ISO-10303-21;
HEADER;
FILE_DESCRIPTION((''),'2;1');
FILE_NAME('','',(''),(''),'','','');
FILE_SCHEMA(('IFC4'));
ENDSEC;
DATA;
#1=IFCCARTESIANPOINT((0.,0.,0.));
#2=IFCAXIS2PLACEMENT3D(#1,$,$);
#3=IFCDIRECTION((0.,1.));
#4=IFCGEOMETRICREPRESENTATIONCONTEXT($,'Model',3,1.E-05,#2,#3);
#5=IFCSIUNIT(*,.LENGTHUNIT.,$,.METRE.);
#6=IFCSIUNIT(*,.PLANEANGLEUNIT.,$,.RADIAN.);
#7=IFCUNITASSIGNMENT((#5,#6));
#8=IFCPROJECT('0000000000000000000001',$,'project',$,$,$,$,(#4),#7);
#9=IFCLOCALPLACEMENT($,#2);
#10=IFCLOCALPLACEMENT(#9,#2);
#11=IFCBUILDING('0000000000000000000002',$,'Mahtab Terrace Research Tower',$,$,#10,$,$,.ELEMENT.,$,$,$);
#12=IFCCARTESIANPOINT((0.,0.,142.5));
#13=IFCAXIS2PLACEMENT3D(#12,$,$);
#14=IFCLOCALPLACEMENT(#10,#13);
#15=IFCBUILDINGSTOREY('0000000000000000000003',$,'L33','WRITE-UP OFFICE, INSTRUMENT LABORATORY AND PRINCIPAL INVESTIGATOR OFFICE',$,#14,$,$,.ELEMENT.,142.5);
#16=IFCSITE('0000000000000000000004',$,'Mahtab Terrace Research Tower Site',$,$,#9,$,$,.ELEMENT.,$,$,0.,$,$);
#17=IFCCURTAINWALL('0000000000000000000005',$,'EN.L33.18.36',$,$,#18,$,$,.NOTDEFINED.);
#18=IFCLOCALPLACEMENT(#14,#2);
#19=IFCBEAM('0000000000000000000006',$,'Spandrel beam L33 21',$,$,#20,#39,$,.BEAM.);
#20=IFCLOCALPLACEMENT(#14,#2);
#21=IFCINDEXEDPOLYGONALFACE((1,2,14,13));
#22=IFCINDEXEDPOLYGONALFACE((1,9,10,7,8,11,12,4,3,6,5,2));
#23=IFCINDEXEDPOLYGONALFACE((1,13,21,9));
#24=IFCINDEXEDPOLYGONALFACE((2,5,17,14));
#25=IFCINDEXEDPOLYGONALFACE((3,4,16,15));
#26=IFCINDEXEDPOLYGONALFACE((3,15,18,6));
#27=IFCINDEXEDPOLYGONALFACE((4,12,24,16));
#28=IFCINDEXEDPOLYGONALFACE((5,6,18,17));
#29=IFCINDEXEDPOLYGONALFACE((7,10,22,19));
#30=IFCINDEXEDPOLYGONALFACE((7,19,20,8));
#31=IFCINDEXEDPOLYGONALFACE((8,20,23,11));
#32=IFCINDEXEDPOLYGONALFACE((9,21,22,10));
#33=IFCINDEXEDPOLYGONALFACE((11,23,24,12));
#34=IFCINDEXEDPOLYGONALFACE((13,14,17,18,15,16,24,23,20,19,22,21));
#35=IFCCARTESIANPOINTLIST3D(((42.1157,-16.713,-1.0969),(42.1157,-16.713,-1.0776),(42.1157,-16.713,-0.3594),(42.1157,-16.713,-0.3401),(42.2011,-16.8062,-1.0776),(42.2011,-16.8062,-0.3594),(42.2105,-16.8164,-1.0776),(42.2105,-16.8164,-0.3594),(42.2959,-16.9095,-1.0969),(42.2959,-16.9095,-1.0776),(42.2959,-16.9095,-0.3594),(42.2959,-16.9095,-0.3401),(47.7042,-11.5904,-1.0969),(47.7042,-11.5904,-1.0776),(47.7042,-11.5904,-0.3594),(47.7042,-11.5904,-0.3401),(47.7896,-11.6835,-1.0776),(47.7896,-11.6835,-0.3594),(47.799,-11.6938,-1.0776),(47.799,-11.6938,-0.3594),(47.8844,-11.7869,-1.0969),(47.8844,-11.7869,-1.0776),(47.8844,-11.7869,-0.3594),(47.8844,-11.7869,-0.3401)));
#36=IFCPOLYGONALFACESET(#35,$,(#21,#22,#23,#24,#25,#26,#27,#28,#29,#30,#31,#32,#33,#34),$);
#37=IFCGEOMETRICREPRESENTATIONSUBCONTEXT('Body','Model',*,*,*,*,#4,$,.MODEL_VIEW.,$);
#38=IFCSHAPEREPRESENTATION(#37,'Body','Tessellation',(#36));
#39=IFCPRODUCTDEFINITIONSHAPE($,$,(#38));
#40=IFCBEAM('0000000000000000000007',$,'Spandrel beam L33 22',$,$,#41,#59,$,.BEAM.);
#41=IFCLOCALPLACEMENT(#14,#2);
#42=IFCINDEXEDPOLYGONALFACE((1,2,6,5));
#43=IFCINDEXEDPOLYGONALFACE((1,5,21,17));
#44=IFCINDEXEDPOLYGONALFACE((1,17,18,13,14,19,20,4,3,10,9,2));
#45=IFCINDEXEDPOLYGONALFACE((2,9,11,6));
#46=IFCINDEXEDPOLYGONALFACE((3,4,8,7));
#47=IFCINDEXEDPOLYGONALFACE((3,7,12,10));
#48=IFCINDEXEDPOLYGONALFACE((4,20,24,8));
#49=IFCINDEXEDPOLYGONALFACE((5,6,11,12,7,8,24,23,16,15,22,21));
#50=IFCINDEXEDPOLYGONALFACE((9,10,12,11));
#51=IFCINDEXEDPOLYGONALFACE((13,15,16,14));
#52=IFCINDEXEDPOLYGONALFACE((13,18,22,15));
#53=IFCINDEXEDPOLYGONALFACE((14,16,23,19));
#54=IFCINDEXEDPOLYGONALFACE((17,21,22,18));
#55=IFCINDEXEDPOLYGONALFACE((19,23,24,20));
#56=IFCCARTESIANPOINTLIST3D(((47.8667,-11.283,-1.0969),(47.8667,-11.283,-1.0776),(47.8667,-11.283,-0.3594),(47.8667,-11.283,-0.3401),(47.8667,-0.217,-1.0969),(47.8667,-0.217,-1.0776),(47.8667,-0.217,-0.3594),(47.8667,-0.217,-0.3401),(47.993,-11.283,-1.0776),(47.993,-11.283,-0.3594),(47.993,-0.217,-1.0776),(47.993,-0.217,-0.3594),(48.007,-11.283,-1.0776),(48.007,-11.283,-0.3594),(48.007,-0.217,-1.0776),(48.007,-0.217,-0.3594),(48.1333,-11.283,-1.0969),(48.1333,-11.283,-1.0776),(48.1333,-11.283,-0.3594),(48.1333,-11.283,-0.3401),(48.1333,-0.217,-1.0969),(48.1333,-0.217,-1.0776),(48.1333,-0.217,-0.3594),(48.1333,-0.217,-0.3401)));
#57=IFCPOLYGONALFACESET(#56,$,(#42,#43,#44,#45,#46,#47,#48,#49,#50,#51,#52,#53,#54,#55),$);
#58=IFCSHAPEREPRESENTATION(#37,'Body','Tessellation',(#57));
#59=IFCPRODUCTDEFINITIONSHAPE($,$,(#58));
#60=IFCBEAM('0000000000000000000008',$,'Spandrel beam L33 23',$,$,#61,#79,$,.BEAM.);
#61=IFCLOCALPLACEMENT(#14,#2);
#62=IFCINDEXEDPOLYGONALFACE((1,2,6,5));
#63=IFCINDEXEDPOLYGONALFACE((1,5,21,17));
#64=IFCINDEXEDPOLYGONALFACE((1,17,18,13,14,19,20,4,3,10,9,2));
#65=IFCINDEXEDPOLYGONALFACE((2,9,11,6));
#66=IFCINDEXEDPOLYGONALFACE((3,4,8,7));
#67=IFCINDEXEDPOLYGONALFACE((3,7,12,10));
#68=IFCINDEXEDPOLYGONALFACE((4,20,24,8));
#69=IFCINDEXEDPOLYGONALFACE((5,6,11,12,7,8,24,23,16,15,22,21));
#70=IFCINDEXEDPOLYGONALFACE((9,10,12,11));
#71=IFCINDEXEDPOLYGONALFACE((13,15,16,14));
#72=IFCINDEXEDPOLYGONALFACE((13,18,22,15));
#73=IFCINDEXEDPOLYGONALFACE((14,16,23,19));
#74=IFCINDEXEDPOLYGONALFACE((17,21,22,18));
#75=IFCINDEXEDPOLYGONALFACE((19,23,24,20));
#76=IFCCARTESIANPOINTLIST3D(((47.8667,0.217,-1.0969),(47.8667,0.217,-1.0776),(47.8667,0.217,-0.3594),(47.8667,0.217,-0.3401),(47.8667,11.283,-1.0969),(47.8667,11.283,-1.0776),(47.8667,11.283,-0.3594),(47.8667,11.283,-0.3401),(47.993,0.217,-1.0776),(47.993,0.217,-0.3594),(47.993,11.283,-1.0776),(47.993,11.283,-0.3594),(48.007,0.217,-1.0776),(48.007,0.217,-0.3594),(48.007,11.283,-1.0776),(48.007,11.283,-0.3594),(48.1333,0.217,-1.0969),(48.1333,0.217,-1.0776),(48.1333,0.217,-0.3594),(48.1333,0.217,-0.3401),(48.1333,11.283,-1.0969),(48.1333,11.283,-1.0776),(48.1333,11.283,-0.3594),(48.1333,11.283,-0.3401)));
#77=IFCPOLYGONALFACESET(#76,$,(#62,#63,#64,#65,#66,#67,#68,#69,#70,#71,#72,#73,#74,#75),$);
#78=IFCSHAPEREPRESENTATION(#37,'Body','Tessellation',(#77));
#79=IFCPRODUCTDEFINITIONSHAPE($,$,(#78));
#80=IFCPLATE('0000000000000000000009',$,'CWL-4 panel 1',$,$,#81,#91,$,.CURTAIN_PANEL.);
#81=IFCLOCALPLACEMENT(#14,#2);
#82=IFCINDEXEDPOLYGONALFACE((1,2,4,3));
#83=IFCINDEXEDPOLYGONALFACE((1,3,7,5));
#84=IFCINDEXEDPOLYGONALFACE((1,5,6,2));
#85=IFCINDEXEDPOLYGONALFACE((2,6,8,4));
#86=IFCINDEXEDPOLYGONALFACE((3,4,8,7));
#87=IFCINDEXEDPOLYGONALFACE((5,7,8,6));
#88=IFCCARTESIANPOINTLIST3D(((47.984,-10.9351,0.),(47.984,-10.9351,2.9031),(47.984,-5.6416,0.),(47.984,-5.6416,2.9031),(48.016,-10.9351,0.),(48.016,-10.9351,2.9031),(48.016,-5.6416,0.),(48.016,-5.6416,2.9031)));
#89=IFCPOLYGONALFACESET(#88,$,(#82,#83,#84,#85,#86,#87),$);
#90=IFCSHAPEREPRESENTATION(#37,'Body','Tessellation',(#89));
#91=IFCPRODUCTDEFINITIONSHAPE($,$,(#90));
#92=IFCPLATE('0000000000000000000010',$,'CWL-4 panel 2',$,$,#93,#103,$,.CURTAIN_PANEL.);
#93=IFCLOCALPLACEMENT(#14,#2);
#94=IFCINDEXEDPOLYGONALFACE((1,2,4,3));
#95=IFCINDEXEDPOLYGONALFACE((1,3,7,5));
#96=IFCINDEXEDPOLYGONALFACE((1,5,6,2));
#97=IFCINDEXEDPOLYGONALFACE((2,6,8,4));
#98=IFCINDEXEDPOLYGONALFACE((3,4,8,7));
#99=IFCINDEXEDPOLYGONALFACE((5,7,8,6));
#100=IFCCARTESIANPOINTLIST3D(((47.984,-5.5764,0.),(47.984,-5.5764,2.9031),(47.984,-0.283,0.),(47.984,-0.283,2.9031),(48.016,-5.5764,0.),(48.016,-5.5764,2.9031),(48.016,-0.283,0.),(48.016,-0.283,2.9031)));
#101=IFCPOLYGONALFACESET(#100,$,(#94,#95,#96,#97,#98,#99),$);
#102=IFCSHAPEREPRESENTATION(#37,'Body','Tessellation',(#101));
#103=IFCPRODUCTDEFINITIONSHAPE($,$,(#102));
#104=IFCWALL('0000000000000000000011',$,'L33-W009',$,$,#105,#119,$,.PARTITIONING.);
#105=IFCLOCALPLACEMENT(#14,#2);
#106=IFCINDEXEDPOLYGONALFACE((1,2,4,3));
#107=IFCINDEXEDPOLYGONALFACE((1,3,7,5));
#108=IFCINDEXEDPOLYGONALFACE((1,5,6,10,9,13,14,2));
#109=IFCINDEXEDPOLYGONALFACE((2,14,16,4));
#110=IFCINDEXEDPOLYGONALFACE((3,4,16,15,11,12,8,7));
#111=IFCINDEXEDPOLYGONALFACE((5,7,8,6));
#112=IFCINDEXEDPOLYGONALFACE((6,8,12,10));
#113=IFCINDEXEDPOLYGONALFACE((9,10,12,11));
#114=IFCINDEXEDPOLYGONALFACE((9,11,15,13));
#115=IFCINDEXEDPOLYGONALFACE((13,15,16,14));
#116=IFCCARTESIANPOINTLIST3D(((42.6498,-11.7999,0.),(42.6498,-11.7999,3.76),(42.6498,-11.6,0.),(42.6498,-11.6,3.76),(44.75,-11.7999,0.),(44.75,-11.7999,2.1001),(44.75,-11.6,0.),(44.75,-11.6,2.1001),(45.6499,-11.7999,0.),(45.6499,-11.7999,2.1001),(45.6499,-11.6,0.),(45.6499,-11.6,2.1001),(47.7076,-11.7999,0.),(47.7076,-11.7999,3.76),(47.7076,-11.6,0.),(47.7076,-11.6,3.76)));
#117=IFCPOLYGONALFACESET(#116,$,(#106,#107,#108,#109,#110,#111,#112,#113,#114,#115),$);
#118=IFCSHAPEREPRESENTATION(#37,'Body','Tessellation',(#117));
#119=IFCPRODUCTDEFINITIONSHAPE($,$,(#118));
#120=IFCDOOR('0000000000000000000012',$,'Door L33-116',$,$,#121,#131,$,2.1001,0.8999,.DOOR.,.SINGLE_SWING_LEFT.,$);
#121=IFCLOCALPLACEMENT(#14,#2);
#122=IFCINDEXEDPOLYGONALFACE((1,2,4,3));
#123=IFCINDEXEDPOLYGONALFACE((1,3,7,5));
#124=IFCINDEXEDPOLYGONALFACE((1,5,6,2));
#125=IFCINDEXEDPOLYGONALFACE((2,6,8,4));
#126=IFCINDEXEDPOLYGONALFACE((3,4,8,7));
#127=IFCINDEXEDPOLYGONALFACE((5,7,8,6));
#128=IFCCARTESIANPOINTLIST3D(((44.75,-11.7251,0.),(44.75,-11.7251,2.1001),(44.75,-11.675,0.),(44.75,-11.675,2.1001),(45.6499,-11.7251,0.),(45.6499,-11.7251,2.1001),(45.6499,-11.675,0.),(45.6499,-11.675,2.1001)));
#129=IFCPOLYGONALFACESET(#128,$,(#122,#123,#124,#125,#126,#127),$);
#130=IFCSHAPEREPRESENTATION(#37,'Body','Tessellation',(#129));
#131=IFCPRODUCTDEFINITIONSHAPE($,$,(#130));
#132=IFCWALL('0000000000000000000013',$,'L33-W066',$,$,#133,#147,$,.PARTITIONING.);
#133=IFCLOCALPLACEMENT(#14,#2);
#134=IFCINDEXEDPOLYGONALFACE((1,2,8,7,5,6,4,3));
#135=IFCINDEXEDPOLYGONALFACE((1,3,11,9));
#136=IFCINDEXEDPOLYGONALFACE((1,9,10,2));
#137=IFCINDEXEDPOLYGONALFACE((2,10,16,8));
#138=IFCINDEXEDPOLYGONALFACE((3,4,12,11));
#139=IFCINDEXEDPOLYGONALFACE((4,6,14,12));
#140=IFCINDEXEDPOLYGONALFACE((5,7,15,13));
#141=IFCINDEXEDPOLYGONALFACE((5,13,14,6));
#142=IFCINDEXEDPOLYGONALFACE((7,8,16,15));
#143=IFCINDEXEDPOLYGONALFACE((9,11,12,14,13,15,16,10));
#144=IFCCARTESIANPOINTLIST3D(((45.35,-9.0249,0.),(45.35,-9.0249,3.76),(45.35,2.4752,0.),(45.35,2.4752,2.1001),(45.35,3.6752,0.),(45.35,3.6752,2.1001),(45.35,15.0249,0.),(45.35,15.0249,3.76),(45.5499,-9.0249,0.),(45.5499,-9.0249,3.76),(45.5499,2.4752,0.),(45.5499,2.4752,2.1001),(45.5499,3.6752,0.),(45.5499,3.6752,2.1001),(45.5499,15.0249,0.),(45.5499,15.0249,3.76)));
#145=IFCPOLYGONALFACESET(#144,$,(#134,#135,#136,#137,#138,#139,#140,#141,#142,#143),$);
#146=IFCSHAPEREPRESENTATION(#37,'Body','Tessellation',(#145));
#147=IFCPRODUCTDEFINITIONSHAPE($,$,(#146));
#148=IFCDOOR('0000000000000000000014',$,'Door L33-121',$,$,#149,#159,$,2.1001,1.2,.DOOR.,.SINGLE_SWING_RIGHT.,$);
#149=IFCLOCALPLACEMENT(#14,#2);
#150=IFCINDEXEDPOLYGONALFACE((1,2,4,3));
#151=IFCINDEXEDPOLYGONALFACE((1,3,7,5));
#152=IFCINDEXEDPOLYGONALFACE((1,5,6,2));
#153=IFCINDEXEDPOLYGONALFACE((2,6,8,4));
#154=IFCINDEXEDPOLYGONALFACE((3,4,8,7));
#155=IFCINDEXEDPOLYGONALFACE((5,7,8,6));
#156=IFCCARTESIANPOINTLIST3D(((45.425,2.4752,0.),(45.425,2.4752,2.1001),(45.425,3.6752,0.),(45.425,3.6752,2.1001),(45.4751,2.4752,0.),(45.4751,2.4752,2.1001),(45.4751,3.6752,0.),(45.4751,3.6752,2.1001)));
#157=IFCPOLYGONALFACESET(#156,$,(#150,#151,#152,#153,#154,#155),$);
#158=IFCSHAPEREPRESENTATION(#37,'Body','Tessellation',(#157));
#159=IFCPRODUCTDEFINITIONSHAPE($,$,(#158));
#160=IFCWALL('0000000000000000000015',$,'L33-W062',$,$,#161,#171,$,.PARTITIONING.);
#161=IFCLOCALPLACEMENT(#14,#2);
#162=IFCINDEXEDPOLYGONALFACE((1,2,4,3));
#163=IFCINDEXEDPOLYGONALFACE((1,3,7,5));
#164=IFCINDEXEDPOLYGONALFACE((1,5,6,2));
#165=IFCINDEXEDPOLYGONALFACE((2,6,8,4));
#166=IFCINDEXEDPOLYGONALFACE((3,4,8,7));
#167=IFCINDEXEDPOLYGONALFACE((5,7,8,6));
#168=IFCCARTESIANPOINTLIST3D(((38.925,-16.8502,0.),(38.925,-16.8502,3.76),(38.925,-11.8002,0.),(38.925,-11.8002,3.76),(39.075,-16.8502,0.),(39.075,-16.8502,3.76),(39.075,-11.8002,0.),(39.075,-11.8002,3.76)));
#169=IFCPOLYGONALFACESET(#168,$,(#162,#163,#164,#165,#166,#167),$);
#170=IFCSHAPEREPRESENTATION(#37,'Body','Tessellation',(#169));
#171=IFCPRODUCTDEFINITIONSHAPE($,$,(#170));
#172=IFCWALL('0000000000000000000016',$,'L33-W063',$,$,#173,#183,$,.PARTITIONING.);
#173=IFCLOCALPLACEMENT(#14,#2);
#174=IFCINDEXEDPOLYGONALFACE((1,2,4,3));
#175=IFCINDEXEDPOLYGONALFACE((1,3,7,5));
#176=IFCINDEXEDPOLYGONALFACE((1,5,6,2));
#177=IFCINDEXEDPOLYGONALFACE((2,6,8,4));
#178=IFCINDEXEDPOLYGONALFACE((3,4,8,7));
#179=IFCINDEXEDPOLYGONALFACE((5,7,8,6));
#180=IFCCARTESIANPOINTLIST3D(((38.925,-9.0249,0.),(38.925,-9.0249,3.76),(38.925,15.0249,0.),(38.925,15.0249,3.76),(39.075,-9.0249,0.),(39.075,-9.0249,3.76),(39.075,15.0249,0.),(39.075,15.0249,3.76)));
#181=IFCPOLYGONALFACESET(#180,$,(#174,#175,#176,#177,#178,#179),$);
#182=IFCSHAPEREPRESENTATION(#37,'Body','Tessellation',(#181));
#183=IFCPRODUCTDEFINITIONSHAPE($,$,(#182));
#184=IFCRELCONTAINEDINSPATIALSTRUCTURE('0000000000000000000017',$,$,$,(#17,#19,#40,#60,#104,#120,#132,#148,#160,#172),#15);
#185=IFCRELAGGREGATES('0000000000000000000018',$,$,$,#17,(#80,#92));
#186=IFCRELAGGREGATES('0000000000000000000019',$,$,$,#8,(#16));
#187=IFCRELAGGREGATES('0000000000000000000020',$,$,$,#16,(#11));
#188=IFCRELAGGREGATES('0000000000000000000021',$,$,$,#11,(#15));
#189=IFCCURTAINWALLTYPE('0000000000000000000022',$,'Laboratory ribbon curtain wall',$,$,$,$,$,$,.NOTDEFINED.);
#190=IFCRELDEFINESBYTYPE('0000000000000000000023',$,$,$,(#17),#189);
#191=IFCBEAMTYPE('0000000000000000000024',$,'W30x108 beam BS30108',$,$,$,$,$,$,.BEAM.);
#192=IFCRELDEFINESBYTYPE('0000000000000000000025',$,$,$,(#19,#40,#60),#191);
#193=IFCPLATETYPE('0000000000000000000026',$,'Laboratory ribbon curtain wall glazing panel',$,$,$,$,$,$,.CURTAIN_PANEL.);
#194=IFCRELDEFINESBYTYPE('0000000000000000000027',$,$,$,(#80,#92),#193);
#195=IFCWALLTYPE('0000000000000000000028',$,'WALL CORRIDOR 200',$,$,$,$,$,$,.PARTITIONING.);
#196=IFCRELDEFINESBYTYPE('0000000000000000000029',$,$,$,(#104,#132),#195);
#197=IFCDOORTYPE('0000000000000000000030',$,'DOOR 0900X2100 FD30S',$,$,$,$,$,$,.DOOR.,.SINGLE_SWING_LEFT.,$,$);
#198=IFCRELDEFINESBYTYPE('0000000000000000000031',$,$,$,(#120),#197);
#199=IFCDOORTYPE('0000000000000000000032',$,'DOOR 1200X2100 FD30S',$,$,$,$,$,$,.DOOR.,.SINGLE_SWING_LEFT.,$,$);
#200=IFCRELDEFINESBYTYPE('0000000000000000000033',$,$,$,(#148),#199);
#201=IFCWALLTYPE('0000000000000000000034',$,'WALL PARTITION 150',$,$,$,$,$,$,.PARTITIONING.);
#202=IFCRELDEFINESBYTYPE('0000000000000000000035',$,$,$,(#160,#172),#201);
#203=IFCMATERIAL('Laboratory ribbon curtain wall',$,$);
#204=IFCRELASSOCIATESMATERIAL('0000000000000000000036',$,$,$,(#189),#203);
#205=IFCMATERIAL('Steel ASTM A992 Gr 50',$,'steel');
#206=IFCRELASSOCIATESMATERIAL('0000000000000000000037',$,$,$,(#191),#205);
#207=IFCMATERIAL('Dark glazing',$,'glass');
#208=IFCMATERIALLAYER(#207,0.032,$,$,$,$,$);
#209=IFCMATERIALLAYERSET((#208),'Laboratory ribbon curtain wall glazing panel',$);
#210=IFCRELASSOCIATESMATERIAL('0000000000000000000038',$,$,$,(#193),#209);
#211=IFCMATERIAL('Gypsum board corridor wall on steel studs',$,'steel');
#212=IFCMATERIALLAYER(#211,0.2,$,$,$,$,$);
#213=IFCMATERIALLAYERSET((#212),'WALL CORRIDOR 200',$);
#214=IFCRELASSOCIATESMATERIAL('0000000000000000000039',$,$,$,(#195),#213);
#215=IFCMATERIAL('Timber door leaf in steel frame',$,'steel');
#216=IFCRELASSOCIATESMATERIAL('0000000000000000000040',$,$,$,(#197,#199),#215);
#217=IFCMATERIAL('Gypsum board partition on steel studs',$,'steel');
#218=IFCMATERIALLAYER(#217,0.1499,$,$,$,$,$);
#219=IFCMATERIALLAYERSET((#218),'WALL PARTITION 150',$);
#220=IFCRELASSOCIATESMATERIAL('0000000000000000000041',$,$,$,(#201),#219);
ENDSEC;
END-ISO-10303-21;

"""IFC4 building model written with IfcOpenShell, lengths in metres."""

from ifc_helpers import new_model, si_unit, direction, frame, frame_2d, origin, origin_2d, place, context, subcontext, project, spatial, rectangle, i_section, extrude, material, layer, layer_set, material_profile, profile_set, type_object, element, fill, aggregate, save


model = new_model("IFC4")

# Units and contexts
model_context = context("Model", 3, precision=1e-05, world=origin(), true_north=direction((0.0, 1.0)))
body_context = subcontext(model_context, "Body", "Model", "MODEL_VIEW")
ifc_project = project(units=[si_unit("LENGTHUNIT", "METRE"), si_unit("PLANEANGLEUNIT", "RADIAN")], contexts=[model_context])

# Site, building, storey
site_placement = place(None, origin())
site = spatial("IfcSite", under=ifc_project, at=site_placement, Name="Mahtab Terrace Research Tower Site", CompositionType="ELEMENT", RefElevation=0.0)
building_placement = place(site_placement, origin())
building = spatial("IfcBuilding", under=site, at=building_placement, Name="Mahtab Terrace Research Tower", CompositionType="ELEMENT")
storey_placement = place(building_placement, frame((0.0, 0.0, 142.5)))
storey = spatial("IfcBuildingStorey", under=building, at=storey_placement, Name="L33", Description="WRITE-UP OFFICE, INSTRUMENT LABORATORY AND PRINCIPAL INVESTIGATOR OFFICE", CompositionType="ELEMENT", Elevation=142.5)

# Shared definitions
ifc_material_1 = material(Name="Steel ASTM A992 Gr 50", Category="steel")

# Curtain wall
ifc_material_2 = material(Name="Laboratory ribbon curtain wall")
curtain_wall_type = type_object("IfcCurtainWallType", Name="Laboratory ribbon curtain wall", PredefinedType="NOTDEFINED", material=ifc_material_2)
curtain_wall_placement = place(storey_placement, origin())
curtain_wall = element("IfcCurtainWall", 1, at=curtain_wall_placement, inside=storey, type_object=curtain_wall_type, Name="EN.L33.18.36", PredefinedType="NOTDEFINED")

# Beams
ifc_material_profile_1 = material_profile(ifc_material_1, i_section(OverallWidth=0.2666, OverallDepth=0.7568, WebThickness=0.0139, FlangeThickness=0.0193, at=origin_2d()), Name="W30X108")
ifc_profile_set_1 = profile_set([ifc_material_profile_1], Name="Steel ASTM A992 Gr 50")
beam_type = type_object("IfcBeamType", Name="W30x108 beam BS30108", PredefinedType="BEAM", material=ifc_profile_set_1)
beam_placement = place(storey_placement, frame((42.2058, -16.8113, -0.7185), z_axis=(0.737162, 0.675716, 0.0), x_axis=(-0.675716, 0.737162, 0.0)))
element("IfcBeam", 2, at=beam_placement, inside=storey, type_object=beam_type, Name="Spandrel beam L33 21", PredefinedType="BEAM", context=body_context, shape_type="SweptSolid", body=[
    extrude(i_section(OverallWidth=0.2666, OverallDepth=0.7568, WebThickness=0.0139, FlangeThickness=0.0193, at=origin_2d()), origin(), (0.0, 0.0, 1.0), 7.5811),
])
for number, where, z_axis, x_axis, name in (
    (3, (48.0, -11.283, -0.7185), (0.0, 1.0, 0.0), (-1.0, 0.0, 0.0), "Spandrel beam L33 22"),
    (4, (48.0, 0.217, -0.7185), (0.0, 1.0, 0.0), (-1.0, 0.0, 0.0), "Spandrel beam L33 23"),
):
    element("IfcBeam", number, at=place(storey_placement, frame(where, z_axis=z_axis, x_axis=x_axis)), inside=storey, type_object=beam_type, Name=name, PredefinedType="BEAM", context=body_context, shape_type="SweptSolid", body=[
        extrude(i_section(OverallWidth=0.2666, OverallDepth=0.7568, WebThickness=0.0139, FlangeThickness=0.0193, at=origin_2d()), origin(), (0.0, 0.0, 1.0), 11.0659),
    ])

# Plates
ifc_material_3 = material(Name="Dark glazing", Category="glass")
ifc_layer_1 = layer(ifc_material_3, 0.032)
ifc_layer_set_1 = layer_set([ifc_layer_1], Name="Laboratory ribbon curtain wall glazing panel")
plate_type = type_object("IfcPlateType", Name="Laboratory ribbon curtain wall glazing panel", PredefinedType="CURTAIN_PANEL", material=ifc_layer_set_1)
plate_1_placement = place(storey_placement, frame((48.0, -8.2883, 0.0), z_axis=(0.0, 0.0, 1.0), x_axis=(0.0, 1.0, 0.0)))
plate_1 = element("IfcPlate", 5, at=plate_1_placement, type_object=plate_type, Name="CWL-4 panel 1", PredefinedType="CURTAIN_PANEL", context=body_context, shape_type="SweptSolid", body=[
    extrude(rectangle(XDim=5.2935, YDim=0.032, at=origin_2d()), origin(), (0.0, 0.0, 1.0), 2.9031),
])
plate_2_placement = place(storey_placement, frame((48.0, -2.9297, 0.0), z_axis=(0.0, 0.0, 1.0), x_axis=(0.0, 1.0, 0.0)))
plate_2 = element("IfcPlate", 6, at=plate_2_placement, type_object=plate_type, Name="CWL-4 panel 2", PredefinedType="CURTAIN_PANEL", context=body_context, shape_type="SweptSolid", body=[
    extrude(rectangle(XDim=5.2935, YDim=0.032, at=origin_2d()), origin(), (0.0, 0.0, 1.0), 2.9031),
])
aggregate(curtain_wall, [plate_1, plate_2])

# Walls, openings, doors
ifc_material_4 = material(Name="Gypsum board corridor wall on steel studs", Category="steel")
ifc_layer_2 = layer(ifc_material_4, 0.2)
ifc_layer_set_2 = layer_set([ifc_layer_2], Name="WALL CORRIDOR 200")
wall_type_1 = type_object("IfcWallType", Name="WALL CORRIDOR 200", PredefinedType="PARTITIONING", material=ifc_layer_set_2)
wall_1_placement = place(storey_placement, frame((42.6499, -11.7, 0.0), z_axis=(0.0, 0.0, 1.0), x_axis=(1.0, 0.0, 0.0)))
wall_1 = element("IfcWall", 7, at=wall_1_placement, inside=storey, type_object=wall_type_1, Name="L33-W009", PredefinedType="PARTITIONING", context=body_context, shape_type="SweptSolid", body=[
    extrude(rectangle(XDim=5.0579, YDim=0.2, at=frame_2d((2.5288, 0.0))), origin(), (0.0, 0.0, 1.0), 3.76),
])
opening_1_placement = place(wall_1_placement, frame((2.1001, 0.0, 0.0)))
opening_1 = element("IfcOpeningElement", 8, at=opening_1_placement, cuts=wall_1, PredefinedType="OPENING", context=body_context, shape_type="SweptSolid", body=[
    extrude(rectangle(XDim=0.8999, YDim=2.1001, at=frame_2d((0.45, 1.05))), frame((0.0, 0.1099, 0.0), z_axis=(0.0, -1.0, 0.0), x_axis=(1.0, 0.0, 0.0)), (0.0, 0.0, 1.0), 0.22),
])
ifc_material_5 = material(Name="Timber door leaf in steel frame", Category="steel")
door_type_1 = type_object("IfcDoorType", Name="DOOR 0900X2100 FD30S", OperationType="SINGLE_SWING_LEFT", PredefinedType="DOOR", material=ifc_material_5)
door_1_placement = place(opening_1_placement, origin())
door_1 = element("IfcDoor", 9, at=door_1_placement, inside=storey, type_object=door_type_1, Name="Door L33-116", OperationType="SINGLE_SWING_LEFT", OverallHeight=2.1001, OverallWidth=0.8999, PredefinedType="DOOR", context=body_context, shape_type="SweptSolid", body=[
    extrude(rectangle(XDim=0.8999, YDim=2.1001, at=frame_2d((0.45, 1.05))), frame((0.0, 0.0249, 0.0), z_axis=(0.0, -1.0, 0.0), x_axis=(1.0, 0.0, 0.0)), (0.0, 0.0, 1.0), 0.05),
])
fill(opening_1, door_1)
wall_2_placement = place(storey_placement, frame((45.45, -9.0249, 0.0), z_axis=(0.0, 0.0, 1.0), x_axis=(0.0, 1.0, 0.0)))
wall_2 = element("IfcWall", 10, at=wall_2_placement, inside=storey, type_object=wall_type_1, Name="L33-W066", PredefinedType="PARTITIONING", context=body_context, shape_type="SweptSolid", body=[
    extrude(rectangle(XDim=24.0498, YDim=0.2, at=frame_2d((12.0249, 0.0))), origin(), (0.0, 0.0, 1.0), 3.76),
])
opening_2_placement = place(wall_2_placement, frame((11.5, 0.0, 0.0)))
opening_2 = element("IfcOpeningElement", 11, at=opening_2_placement, cuts=wall_2, PredefinedType="OPENING", context=body_context, shape_type="SweptSolid", body=[
    extrude(rectangle(XDim=1.2, YDim=2.1001, at=frame_2d((0.6001, 1.05))), frame((0.0, 0.1099, 0.0), z_axis=(0.0, -1.0, 0.0), x_axis=(1.0, 0.0, 0.0)), (0.0, 0.0, 1.0), 0.22),
])
door_type_2 = type_object("IfcDoorType", Name="DOOR 1200X2100 FD30S", OperationType="SINGLE_SWING_LEFT", PredefinedType="DOOR", material=ifc_material_5)
door_2_placement = place(opening_2_placement, origin())
door_2 = element("IfcDoor", 12, at=door_2_placement, inside=storey, type_object=door_type_2, Name="Door L33-121", OperationType="SINGLE_SWING_RIGHT", OverallHeight=2.1001, OverallWidth=1.2, PredefinedType="DOOR", context=body_context, shape_type="SweptSolid", body=[
    extrude(rectangle(XDim=1.2, YDim=2.1001, at=frame_2d((0.6001, 1.05))), frame((0.0, 0.0249, 0.0), z_axis=(0.0, -1.0, 0.0), x_axis=(1.0, 0.0, 0.0)), (0.0, 0.0, 1.0), 0.05),
])
fill(opening_2, door_2)

# Walls
ifc_material_6 = material(Name="Gypsum board partition on steel studs", Category="steel")
ifc_layer_3 = layer(ifc_material_6, 0.1499)
ifc_layer_set_3 = layer_set([ifc_layer_3], Name="WALL PARTITION 150")
wall_type_2 = type_object("IfcWallType", Name="WALL PARTITION 150", PredefinedType="PARTITIONING", material=ifc_layer_set_3)
wall_3_placement = place(storey_placement, frame((39.0, -16.8501, 0.0), z_axis=(0.0, 0.0, 1.0), x_axis=(0.0, 1.0, 0.0)))
element("IfcWall", 13, at=wall_3_placement, inside=storey, type_object=wall_type_2, Name="L33-W062", PredefinedType="PARTITIONING", context=body_context, shape_type="SweptSolid", body=[
    extrude(rectangle(XDim=5.05, YDim=0.1499, at=frame_2d((2.5249, 0.0))), origin(), (0.0, 0.0, 1.0), 3.76),
])
wall_4_placement = place(storey_placement, frame((39.0, -9.0249, 0.0), z_axis=(0.0, 0.0, 1.0), x_axis=(0.0, 1.0, 0.0)))
element("IfcWall", 14, at=wall_4_placement, inside=storey, type_object=wall_type_2, Name="L33-W063", PredefinedType="PARTITIONING", context=body_context, shape_type="SweptSolid", body=[
    extrude(rectangle(XDim=24.0498, YDim=0.1499, at=frame_2d((12.0249, 0.0))), origin(), (0.0, 0.0, 1.0), 3.76),
])

save(model, "model.ifc")
